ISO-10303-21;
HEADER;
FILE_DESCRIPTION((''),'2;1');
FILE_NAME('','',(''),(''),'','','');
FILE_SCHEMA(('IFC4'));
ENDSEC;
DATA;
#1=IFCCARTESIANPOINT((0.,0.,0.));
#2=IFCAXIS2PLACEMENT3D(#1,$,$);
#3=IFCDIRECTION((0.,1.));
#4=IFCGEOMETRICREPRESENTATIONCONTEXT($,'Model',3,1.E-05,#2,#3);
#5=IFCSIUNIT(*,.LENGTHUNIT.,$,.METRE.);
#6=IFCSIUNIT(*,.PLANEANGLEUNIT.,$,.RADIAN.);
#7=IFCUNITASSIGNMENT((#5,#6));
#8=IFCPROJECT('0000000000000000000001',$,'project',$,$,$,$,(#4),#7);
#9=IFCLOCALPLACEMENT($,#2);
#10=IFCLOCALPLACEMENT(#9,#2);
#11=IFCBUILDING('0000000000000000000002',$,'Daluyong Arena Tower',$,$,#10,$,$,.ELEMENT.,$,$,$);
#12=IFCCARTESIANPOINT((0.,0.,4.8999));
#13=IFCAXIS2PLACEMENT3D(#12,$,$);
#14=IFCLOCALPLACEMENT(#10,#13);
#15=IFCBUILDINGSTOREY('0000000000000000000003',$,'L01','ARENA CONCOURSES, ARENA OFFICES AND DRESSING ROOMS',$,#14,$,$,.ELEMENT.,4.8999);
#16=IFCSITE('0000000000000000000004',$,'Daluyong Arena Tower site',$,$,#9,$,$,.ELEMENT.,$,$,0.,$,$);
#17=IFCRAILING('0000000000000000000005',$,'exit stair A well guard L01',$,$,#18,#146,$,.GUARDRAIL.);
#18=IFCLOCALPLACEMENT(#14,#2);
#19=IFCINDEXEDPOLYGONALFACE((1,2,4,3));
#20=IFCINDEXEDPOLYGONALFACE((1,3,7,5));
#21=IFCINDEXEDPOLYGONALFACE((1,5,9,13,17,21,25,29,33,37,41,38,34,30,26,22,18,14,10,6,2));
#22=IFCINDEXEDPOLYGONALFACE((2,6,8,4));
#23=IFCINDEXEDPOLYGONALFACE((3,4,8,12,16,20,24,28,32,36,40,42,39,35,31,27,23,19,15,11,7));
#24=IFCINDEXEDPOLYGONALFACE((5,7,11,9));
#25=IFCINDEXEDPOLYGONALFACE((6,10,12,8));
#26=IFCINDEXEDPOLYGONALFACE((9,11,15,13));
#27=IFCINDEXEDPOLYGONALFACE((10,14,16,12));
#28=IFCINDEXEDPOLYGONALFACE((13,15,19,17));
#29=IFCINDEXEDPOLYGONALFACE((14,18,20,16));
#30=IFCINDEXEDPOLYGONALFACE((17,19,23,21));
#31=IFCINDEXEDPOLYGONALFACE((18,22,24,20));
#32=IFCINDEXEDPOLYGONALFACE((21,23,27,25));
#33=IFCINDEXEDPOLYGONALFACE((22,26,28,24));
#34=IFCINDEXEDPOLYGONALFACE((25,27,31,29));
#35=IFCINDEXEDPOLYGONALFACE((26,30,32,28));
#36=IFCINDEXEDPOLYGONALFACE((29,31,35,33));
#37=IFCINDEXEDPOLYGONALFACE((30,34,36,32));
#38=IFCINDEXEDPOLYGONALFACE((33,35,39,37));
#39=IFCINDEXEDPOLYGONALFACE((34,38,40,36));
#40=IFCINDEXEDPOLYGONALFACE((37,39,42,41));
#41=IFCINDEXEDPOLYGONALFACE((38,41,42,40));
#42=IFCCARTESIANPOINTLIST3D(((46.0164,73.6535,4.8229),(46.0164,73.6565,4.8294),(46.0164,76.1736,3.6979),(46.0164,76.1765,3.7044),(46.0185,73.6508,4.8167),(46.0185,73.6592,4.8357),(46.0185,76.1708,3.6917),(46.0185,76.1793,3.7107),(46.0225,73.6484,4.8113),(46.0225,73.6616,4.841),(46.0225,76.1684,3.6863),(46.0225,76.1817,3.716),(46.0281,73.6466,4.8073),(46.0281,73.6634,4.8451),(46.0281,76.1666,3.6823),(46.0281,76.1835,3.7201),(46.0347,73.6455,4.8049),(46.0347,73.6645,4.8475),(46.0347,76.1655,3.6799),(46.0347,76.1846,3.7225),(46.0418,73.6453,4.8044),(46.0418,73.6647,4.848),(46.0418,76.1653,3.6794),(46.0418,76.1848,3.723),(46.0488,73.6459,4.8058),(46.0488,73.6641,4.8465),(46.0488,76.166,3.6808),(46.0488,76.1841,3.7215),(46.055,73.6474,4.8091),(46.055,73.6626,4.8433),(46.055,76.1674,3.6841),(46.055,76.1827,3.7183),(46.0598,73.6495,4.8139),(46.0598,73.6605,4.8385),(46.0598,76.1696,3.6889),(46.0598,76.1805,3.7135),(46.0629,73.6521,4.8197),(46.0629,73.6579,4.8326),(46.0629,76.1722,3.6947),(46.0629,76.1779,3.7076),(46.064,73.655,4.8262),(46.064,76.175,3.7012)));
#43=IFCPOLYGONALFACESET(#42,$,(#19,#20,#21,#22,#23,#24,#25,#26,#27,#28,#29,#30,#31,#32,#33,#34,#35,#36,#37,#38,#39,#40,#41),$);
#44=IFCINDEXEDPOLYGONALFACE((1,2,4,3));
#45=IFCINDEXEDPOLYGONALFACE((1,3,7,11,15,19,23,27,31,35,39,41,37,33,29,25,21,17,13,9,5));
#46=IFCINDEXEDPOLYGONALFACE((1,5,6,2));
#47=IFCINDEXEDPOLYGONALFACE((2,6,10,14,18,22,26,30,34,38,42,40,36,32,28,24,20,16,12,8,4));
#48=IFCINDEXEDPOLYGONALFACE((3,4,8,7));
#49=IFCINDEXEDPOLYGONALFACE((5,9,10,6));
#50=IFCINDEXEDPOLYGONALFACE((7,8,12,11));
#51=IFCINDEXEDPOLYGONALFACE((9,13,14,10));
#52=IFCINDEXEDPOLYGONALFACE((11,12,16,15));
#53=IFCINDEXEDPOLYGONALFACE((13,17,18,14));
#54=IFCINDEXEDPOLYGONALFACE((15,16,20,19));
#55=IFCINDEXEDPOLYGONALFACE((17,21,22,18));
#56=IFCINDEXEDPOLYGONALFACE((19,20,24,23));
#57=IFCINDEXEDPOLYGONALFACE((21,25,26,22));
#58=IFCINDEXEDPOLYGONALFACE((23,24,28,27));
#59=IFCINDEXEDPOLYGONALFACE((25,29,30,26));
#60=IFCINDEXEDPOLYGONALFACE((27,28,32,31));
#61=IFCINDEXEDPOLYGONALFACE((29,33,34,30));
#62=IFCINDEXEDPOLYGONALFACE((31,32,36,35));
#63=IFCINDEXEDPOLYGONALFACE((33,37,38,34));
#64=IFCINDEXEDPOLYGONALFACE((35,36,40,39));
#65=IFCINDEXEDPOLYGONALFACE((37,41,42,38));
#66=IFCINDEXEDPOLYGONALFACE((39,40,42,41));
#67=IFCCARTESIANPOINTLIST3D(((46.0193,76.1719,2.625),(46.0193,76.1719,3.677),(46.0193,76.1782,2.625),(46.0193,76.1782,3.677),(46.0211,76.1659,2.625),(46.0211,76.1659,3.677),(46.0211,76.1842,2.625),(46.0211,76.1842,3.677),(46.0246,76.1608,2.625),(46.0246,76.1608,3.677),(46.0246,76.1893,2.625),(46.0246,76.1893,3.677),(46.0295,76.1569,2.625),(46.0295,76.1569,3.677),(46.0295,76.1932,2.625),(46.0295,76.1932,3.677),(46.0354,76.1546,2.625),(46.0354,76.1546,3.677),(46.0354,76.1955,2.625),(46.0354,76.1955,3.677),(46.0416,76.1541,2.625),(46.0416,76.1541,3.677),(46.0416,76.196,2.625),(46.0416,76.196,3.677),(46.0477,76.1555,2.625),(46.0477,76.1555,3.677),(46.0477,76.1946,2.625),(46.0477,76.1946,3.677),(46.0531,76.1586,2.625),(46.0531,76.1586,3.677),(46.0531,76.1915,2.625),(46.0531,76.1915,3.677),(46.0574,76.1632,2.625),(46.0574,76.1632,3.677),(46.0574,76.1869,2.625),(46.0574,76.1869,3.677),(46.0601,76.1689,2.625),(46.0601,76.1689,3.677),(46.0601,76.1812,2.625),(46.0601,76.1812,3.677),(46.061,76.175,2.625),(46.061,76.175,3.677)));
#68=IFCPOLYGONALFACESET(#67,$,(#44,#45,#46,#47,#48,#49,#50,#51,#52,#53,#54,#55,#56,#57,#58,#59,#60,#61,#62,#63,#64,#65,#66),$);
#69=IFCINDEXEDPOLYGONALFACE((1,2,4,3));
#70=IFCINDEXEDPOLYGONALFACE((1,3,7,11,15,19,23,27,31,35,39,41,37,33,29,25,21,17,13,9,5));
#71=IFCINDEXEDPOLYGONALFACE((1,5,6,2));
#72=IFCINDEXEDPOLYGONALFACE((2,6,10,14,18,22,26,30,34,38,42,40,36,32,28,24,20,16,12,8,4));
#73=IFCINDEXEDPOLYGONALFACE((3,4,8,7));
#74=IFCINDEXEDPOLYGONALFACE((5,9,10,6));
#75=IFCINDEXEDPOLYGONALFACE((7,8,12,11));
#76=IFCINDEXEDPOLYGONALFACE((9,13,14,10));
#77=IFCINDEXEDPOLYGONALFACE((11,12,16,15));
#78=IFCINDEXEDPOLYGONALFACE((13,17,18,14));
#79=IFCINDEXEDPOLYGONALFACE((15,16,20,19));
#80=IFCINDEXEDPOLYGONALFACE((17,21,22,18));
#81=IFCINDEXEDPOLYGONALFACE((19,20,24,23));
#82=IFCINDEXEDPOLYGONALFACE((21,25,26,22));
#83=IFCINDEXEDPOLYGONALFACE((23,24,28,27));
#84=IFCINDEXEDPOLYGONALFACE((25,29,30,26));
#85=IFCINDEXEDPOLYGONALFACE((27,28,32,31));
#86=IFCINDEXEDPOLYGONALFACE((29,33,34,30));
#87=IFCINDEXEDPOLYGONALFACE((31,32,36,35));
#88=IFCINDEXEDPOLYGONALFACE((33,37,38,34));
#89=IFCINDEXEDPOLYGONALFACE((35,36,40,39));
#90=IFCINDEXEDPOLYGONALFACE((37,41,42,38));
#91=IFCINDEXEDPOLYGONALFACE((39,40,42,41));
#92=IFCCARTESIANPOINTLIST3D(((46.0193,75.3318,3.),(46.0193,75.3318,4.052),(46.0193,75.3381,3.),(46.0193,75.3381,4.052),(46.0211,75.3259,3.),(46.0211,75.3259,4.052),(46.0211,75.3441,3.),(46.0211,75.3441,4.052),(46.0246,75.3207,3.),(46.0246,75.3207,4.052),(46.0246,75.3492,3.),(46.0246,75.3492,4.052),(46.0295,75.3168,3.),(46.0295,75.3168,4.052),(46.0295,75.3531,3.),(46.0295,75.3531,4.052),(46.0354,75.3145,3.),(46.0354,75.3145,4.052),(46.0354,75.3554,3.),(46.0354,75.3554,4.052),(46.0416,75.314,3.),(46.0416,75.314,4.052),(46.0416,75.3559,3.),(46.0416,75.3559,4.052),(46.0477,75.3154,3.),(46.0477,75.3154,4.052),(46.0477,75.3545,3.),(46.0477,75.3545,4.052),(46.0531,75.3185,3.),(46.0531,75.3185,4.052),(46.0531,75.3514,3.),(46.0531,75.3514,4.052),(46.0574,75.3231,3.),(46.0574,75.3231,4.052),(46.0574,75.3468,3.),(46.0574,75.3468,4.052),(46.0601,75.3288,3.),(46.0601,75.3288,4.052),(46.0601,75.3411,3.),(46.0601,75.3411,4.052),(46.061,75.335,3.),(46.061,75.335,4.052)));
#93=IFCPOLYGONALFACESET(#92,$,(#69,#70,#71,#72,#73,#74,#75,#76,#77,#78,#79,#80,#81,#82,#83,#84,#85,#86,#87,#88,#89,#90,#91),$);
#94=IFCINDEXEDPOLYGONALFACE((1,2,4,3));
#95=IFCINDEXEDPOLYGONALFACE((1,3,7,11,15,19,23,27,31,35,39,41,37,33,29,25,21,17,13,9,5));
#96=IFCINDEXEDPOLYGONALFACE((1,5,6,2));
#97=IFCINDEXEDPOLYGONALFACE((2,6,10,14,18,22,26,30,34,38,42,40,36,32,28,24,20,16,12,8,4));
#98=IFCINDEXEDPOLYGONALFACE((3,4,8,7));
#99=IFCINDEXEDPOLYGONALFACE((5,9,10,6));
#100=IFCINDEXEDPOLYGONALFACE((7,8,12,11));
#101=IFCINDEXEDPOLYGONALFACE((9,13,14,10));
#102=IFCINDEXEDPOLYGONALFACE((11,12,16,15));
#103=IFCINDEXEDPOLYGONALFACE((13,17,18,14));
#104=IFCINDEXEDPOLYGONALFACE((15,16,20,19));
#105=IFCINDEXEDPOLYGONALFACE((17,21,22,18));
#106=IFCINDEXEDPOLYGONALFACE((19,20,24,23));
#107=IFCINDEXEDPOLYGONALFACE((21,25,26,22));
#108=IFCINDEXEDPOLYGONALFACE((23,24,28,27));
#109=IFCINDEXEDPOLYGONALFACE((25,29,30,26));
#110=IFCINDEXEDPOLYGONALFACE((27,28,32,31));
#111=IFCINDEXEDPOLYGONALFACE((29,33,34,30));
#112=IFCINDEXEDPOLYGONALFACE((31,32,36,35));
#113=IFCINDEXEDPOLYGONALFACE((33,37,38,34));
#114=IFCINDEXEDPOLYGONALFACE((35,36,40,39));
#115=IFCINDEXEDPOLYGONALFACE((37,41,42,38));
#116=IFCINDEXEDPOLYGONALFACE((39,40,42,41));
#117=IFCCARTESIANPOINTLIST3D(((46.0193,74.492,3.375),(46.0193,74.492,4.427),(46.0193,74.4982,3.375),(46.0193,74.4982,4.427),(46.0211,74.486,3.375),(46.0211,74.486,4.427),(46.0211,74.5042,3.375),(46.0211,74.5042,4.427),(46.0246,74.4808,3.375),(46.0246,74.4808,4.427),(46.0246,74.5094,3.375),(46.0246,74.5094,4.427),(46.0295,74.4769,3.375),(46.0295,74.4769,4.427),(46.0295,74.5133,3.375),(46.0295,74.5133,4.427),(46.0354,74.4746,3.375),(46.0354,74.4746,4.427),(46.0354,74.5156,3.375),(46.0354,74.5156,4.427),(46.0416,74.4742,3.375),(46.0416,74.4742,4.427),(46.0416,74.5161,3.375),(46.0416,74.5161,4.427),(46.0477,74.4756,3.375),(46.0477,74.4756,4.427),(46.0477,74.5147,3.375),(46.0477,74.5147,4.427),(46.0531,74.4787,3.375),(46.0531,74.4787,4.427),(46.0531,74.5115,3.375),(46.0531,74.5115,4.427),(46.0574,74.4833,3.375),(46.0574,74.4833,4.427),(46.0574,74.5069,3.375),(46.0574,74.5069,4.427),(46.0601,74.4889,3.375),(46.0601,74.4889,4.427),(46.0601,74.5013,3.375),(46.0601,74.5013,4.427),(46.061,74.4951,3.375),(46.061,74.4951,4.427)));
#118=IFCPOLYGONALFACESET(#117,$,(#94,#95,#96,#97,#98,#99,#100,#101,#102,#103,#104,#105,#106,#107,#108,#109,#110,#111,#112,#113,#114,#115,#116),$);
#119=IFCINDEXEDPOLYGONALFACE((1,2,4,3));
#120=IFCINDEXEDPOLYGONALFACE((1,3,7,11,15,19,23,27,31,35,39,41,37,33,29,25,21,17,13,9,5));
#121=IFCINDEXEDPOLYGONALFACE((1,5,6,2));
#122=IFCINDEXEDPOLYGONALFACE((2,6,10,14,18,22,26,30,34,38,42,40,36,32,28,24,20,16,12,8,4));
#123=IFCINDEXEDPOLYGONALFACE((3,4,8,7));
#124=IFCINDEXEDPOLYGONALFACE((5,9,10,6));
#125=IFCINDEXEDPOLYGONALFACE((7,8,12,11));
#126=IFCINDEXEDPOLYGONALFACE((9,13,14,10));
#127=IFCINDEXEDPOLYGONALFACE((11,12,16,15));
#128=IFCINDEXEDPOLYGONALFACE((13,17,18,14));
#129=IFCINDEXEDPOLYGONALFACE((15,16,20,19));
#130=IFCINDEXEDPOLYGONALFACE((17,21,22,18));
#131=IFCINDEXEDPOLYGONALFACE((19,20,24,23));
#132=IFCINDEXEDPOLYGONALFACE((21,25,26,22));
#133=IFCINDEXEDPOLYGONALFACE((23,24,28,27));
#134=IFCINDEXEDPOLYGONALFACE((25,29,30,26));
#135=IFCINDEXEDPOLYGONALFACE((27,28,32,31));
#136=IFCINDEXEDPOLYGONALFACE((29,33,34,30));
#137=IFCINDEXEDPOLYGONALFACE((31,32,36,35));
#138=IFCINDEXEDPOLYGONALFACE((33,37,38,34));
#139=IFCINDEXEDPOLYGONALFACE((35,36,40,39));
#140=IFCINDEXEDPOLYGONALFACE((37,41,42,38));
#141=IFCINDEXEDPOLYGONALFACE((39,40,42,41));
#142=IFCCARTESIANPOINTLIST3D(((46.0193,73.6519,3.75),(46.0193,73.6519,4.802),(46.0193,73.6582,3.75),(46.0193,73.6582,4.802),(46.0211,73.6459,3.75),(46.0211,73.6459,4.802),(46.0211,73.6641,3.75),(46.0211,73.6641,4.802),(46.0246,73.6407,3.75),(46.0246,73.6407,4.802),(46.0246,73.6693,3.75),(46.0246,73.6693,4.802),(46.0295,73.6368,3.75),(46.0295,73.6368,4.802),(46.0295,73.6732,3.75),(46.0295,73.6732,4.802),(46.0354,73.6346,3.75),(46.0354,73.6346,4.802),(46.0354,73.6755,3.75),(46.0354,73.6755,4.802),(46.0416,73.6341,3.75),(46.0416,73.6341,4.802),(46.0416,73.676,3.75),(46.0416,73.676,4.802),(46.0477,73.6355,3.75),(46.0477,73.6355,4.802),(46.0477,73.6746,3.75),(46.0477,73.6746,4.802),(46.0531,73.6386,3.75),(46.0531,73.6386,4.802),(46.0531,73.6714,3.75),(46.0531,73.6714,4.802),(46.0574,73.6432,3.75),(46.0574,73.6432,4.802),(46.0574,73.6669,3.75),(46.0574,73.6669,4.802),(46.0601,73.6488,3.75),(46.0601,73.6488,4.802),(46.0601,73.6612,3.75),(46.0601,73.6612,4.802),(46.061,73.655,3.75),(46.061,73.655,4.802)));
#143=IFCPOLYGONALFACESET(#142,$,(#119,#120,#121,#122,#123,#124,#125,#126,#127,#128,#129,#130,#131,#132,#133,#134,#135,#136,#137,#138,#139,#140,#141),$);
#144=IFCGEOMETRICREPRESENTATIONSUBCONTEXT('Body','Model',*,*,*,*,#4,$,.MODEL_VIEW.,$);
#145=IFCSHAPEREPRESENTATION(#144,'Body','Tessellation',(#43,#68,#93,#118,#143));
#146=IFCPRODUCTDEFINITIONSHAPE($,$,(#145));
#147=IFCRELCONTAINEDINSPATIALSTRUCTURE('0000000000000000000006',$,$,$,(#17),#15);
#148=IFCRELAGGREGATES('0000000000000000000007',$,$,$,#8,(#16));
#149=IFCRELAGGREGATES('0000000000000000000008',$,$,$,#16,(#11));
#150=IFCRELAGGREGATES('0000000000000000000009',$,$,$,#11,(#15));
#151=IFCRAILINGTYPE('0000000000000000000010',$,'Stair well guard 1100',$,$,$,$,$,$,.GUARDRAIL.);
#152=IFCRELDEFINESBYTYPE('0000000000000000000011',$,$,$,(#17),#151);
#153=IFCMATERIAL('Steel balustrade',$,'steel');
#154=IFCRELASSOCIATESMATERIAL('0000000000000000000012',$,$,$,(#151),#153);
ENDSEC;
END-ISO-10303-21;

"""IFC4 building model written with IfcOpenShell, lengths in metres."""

from ifc_helpers import new_model, si_unit, direction, frame, origin, origin_2d, place, context, subcontext, project, spatial, circle, extrude, material, type_object, element, save


model = new_model("IFC4")

# Units and contexts
model_context = context("Model", 3, precision=1e-05, world=origin(), true_north=direction((0.0, 1.0)))
body_context = subcontext(model_context, "Body", "Model", "MODEL_VIEW")
ifc_project = project(units=[si_unit("LENGTHUNIT", "METRE"), si_unit("PLANEANGLEUNIT", "RADIAN")], contexts=[model_context])

# Site, building, storey
site_placement = place(None, origin())
site = spatial("IfcSite", under=ifc_project, at=site_placement, Name="Daluyong Arena Tower site", CompositionType="ELEMENT", RefElevation=0.0)
building_placement = place(site_placement, origin())
building = spatial("IfcBuilding", under=site, at=building_placement, Name="Daluyong Arena Tower", CompositionType="ELEMENT")
storey_placement = place(building_placement, frame((0.0, 0.0, 4.8999)))
storey = spatial("IfcBuildingStorey", under=building, at=storey_placement, Name="L01", Description="ARENA CONCOURSES, ARENA OFFICES AND DRESSING ROOMS", CompositionType="ELEMENT", Elevation=4.8999)

# Railing
ifc_material_1 = material(Name="Steel balustrade", Category="steel")
railing_type = type_object("IfcRailingType", Name="Stair well guard 1100", PredefinedType="GUARDRAIL", material=ifc_material_1)
for number, where, name in (
    (1, (46.04, 76.175, 2.625), "exit stair A well guard L01"),
):
    element("IfcRailing", number, at=place(storey_placement, frame(where)), inside=storey, type_object=railing_type, Name=name, PredefinedType="GUARDRAIL", context=body_context, shape_type="SweptSolid", body=[
        extrude(circle(Radius=0.0239, at=origin_2d()), frame((0.0, 0.0, 1.0762), z_axis=(0.0, -0.913139, 0.407648), x_axis=(1.0, 0.0, 0.0)), (0.0, 0.0, 1.0), 2.7598),
        extrude(circle(Radius=0.021, at=origin_2d()), origin(), (0.0, 0.0, 1.0), 1.052),
        extrude(circle(Radius=0.021, at=origin_2d()), frame((0.0, -0.8401, 0.375)), (0.0, 0.0, 1.0), 1.052),
        extrude(circle(Radius=0.021, at=origin_2d()), frame((0.0, -1.6799, 0.75)), (0.0, 0.0, 1.0), 1.052),
        extrude(circle(Radius=0.021, at=origin_2d()), frame((0.0, -2.52, 1.125)), (0.0, 0.0, 1.0), 1.052),
    ])

save(model, "model.ifc")
